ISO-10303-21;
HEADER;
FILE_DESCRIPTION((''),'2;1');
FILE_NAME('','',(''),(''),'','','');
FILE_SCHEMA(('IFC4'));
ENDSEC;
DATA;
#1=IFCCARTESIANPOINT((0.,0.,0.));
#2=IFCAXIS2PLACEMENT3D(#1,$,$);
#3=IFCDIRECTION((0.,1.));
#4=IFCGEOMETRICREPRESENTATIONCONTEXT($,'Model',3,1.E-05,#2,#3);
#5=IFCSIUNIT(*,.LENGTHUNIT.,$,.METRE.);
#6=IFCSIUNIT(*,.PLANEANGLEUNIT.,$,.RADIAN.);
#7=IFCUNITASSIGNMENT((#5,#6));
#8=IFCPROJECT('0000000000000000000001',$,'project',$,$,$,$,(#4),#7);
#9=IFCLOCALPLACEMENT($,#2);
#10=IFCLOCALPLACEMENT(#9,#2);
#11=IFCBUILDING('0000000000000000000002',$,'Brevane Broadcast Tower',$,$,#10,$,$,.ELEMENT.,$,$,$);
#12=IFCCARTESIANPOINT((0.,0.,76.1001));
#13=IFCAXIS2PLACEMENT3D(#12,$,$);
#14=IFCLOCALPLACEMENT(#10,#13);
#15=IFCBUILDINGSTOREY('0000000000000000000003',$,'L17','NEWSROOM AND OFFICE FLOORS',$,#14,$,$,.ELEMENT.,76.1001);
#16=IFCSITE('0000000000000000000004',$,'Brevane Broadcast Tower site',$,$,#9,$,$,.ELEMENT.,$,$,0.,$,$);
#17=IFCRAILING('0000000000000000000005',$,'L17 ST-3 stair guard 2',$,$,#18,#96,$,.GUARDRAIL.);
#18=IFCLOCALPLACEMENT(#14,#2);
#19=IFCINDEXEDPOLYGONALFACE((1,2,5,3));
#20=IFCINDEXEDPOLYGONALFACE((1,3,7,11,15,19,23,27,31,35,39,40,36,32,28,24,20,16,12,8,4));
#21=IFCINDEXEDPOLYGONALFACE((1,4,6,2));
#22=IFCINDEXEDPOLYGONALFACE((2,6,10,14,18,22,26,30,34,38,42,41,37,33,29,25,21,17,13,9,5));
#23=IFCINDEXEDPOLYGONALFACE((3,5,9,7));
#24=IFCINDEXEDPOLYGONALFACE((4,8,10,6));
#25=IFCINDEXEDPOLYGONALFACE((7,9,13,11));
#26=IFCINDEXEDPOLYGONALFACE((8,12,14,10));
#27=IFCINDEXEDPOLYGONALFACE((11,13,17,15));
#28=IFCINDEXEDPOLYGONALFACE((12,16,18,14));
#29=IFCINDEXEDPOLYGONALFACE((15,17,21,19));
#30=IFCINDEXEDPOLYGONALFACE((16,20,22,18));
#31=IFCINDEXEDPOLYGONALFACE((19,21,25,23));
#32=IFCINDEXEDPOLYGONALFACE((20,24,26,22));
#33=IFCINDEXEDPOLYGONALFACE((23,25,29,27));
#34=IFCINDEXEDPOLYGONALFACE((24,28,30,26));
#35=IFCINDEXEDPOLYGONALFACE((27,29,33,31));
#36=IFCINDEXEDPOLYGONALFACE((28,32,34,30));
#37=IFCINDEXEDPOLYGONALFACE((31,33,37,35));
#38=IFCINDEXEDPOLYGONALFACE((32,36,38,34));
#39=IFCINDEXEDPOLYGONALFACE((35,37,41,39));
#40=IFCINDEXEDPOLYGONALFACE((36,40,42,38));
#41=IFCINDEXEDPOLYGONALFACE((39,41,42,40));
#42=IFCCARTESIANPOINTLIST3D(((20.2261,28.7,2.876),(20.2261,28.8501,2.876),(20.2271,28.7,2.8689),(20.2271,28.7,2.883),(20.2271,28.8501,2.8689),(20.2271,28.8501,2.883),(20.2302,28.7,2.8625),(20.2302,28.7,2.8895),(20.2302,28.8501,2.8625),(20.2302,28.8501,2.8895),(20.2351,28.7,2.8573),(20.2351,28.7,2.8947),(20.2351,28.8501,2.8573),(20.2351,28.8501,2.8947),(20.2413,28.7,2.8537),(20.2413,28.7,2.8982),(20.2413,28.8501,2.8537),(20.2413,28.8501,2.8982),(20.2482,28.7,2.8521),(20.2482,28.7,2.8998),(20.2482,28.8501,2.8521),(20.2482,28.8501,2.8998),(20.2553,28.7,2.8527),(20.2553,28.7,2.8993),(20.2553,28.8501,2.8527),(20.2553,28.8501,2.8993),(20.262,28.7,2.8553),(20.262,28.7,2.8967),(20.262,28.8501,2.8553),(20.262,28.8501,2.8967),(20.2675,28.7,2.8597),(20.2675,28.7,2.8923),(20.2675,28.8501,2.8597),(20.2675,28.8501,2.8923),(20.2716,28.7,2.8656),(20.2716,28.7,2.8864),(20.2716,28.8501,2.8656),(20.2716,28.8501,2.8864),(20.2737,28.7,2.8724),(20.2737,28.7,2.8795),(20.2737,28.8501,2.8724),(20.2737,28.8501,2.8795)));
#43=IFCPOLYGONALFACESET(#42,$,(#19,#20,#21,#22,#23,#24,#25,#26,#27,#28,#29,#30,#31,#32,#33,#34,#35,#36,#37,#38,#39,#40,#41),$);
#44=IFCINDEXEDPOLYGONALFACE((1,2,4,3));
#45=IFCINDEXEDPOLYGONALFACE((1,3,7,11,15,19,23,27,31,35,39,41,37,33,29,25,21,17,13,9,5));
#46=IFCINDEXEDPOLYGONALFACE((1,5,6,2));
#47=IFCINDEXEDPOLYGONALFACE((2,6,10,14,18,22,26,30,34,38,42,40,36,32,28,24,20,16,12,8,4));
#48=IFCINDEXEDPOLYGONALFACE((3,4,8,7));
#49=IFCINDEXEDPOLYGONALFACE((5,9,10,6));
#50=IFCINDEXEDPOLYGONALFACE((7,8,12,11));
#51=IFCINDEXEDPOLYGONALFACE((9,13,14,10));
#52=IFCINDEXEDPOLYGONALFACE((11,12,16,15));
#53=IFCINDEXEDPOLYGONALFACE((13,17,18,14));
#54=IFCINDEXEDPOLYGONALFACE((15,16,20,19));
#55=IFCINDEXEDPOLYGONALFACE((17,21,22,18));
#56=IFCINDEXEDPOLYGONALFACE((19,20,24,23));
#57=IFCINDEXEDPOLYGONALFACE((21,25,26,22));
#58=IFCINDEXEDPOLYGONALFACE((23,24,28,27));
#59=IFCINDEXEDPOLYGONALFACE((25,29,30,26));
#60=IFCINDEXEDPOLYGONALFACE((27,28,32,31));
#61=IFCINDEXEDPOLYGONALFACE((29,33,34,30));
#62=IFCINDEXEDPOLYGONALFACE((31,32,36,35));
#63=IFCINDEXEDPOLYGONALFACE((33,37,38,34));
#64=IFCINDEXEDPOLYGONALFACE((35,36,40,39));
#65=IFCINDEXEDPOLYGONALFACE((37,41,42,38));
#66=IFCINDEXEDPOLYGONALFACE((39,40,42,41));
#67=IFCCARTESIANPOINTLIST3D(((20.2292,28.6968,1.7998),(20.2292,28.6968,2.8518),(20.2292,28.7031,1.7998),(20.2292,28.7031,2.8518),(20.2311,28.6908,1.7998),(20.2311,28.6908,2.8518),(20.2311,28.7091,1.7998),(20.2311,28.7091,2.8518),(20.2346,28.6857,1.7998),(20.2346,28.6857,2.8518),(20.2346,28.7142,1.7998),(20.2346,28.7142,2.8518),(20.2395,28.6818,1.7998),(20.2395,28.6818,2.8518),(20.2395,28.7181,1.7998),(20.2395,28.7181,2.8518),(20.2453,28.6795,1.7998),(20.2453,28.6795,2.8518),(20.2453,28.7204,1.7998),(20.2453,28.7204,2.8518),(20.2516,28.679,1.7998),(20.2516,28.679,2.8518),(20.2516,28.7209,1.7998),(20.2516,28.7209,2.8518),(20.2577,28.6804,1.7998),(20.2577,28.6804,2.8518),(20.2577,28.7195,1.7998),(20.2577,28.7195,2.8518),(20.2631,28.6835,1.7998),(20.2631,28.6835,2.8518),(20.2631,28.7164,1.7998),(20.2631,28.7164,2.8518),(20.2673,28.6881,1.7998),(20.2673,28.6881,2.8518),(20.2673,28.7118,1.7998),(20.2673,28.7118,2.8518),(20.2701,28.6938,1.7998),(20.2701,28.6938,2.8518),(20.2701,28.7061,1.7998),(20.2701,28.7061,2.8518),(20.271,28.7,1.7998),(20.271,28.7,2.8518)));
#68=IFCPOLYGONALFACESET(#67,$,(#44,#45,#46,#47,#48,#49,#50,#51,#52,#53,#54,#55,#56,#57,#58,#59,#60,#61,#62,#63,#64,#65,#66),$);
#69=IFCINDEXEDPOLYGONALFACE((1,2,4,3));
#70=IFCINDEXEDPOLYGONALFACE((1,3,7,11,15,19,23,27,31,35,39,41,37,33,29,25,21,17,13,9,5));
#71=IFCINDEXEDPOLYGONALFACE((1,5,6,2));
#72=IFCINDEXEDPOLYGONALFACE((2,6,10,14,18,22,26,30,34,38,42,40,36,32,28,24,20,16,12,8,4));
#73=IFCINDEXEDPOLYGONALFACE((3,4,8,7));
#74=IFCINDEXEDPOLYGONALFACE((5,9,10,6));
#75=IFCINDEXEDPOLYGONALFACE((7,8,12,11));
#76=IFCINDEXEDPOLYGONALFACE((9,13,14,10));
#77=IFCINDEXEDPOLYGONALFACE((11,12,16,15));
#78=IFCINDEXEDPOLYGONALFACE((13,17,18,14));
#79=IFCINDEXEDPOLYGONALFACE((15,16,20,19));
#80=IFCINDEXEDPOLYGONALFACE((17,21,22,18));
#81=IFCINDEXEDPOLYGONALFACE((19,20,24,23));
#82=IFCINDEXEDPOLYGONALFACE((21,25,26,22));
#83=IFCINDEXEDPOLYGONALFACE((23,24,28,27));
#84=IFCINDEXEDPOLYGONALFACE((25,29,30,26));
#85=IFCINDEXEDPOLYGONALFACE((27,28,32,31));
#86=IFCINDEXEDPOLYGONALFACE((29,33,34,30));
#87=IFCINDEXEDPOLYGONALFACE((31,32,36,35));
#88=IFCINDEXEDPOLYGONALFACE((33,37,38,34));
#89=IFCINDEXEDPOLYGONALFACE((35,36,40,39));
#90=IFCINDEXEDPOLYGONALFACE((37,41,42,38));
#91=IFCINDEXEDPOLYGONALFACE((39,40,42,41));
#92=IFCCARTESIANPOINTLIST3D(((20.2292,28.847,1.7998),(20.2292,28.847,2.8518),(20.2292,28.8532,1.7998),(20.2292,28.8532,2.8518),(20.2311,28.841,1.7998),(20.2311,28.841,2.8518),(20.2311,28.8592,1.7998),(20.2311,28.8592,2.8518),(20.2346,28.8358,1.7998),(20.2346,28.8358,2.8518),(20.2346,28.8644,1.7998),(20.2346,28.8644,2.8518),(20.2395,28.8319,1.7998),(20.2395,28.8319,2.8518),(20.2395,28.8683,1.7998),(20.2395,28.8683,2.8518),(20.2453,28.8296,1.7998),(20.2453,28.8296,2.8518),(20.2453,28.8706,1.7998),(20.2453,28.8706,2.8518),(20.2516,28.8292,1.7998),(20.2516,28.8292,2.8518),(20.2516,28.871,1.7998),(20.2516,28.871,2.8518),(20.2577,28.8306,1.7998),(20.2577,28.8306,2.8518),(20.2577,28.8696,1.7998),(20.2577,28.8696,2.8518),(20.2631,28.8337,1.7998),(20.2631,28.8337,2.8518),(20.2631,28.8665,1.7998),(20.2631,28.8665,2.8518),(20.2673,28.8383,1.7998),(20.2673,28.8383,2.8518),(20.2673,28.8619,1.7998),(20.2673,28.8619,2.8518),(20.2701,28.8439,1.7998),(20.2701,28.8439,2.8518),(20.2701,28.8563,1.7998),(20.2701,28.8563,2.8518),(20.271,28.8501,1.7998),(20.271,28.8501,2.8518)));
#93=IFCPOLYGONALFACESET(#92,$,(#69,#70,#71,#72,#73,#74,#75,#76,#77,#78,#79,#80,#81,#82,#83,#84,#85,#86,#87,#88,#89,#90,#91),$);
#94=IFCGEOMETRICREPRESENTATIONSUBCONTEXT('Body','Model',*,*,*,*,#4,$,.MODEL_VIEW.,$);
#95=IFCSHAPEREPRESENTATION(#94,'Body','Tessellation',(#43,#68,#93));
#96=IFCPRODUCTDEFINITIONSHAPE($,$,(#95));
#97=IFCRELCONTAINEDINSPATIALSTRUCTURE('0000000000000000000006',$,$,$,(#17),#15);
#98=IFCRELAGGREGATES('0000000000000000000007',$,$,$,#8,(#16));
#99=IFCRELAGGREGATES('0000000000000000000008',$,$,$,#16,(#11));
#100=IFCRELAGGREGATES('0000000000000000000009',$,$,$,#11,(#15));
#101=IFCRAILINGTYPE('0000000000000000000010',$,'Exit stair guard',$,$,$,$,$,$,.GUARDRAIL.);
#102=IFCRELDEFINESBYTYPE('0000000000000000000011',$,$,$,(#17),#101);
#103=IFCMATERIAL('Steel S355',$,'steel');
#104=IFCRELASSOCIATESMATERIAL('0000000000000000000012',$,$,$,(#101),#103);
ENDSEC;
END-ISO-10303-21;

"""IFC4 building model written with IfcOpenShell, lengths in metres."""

from ifc_helpers import new_model, si_unit, direction, frame, origin, origin_2d, place, context, subcontext, project, spatial, circle, extrude, material, type_object, element, save


model = new_model("IFC4")

# Units and contexts
model_context = context("Model", 3, precision=1e-05, world=origin(), true_north=direction((0.0, 1.0)))
body_context = subcontext(model_context, "Body", "Model", "MODEL_VIEW")
ifc_project = project(units=[si_unit("LENGTHUNIT", "METRE"), si_unit("PLANEANGLEUNIT", "RADIAN")], contexts=[model_context])

# Site, building, storey
site_placement = place(None, origin())
site = spatial("IfcSite", under=ifc_project, at=site_placement, Name="Brevane Broadcast Tower site", CompositionType="ELEMENT", RefElevation=0.0)
building_placement = place(site_placement, origin())
building = spatial("IfcBuilding", under=site, at=building_placement, Name="Brevane Broadcast Tower", CompositionType="ELEMENT")
storey_placement = place(building_placement, frame((0.0, 0.0, 76.1001)))
storey = spatial("IfcBuildingStorey", under=building, at=storey_placement, Name="L17", Description="NEWSROOM AND OFFICE FLOORS", CompositionType="ELEMENT", Elevation=76.1001)

# Railing
ifc_material_1 = material(Name="Steel S355", Category="steel")
railing_type_1 = type_object("IfcRailingType", Name="Exit stair guard", PredefinedType="GUARDRAIL", material=ifc_material_1)
railing_1_placement = place(storey_placement, frame((20.25, 28.7, 1.7998)))
element("IfcRailing", 1, at=railing_1_placement, inside=storey, type_object=railing_type_1, Name="L17 ST-3 stair guard 2", PredefinedType="GUARDRAIL", context=body_context, shape_type="SweptSolid", body=[
    extrude(circle(Radius=0.0239, at=origin_2d()), frame((0.0, 0.0, 1.0762), z_axis=(0.0, 1.0, 0.0), x_axis=(-1.0, 0.0, 0.0)), (0.0, 0.0, 1.0), 0.1501),
    extrude(circle(Radius=0.021, at=origin_2d()), origin(), (0.0, 0.0, 1.0), 1.052),
    extrude(circle(Radius=0.021, at=origin_2d()), frame((0.0, 0.1501, 0.0)), (0.0, 0.0, 1.0), 1.052),
])

save(model, "model.ifc")
